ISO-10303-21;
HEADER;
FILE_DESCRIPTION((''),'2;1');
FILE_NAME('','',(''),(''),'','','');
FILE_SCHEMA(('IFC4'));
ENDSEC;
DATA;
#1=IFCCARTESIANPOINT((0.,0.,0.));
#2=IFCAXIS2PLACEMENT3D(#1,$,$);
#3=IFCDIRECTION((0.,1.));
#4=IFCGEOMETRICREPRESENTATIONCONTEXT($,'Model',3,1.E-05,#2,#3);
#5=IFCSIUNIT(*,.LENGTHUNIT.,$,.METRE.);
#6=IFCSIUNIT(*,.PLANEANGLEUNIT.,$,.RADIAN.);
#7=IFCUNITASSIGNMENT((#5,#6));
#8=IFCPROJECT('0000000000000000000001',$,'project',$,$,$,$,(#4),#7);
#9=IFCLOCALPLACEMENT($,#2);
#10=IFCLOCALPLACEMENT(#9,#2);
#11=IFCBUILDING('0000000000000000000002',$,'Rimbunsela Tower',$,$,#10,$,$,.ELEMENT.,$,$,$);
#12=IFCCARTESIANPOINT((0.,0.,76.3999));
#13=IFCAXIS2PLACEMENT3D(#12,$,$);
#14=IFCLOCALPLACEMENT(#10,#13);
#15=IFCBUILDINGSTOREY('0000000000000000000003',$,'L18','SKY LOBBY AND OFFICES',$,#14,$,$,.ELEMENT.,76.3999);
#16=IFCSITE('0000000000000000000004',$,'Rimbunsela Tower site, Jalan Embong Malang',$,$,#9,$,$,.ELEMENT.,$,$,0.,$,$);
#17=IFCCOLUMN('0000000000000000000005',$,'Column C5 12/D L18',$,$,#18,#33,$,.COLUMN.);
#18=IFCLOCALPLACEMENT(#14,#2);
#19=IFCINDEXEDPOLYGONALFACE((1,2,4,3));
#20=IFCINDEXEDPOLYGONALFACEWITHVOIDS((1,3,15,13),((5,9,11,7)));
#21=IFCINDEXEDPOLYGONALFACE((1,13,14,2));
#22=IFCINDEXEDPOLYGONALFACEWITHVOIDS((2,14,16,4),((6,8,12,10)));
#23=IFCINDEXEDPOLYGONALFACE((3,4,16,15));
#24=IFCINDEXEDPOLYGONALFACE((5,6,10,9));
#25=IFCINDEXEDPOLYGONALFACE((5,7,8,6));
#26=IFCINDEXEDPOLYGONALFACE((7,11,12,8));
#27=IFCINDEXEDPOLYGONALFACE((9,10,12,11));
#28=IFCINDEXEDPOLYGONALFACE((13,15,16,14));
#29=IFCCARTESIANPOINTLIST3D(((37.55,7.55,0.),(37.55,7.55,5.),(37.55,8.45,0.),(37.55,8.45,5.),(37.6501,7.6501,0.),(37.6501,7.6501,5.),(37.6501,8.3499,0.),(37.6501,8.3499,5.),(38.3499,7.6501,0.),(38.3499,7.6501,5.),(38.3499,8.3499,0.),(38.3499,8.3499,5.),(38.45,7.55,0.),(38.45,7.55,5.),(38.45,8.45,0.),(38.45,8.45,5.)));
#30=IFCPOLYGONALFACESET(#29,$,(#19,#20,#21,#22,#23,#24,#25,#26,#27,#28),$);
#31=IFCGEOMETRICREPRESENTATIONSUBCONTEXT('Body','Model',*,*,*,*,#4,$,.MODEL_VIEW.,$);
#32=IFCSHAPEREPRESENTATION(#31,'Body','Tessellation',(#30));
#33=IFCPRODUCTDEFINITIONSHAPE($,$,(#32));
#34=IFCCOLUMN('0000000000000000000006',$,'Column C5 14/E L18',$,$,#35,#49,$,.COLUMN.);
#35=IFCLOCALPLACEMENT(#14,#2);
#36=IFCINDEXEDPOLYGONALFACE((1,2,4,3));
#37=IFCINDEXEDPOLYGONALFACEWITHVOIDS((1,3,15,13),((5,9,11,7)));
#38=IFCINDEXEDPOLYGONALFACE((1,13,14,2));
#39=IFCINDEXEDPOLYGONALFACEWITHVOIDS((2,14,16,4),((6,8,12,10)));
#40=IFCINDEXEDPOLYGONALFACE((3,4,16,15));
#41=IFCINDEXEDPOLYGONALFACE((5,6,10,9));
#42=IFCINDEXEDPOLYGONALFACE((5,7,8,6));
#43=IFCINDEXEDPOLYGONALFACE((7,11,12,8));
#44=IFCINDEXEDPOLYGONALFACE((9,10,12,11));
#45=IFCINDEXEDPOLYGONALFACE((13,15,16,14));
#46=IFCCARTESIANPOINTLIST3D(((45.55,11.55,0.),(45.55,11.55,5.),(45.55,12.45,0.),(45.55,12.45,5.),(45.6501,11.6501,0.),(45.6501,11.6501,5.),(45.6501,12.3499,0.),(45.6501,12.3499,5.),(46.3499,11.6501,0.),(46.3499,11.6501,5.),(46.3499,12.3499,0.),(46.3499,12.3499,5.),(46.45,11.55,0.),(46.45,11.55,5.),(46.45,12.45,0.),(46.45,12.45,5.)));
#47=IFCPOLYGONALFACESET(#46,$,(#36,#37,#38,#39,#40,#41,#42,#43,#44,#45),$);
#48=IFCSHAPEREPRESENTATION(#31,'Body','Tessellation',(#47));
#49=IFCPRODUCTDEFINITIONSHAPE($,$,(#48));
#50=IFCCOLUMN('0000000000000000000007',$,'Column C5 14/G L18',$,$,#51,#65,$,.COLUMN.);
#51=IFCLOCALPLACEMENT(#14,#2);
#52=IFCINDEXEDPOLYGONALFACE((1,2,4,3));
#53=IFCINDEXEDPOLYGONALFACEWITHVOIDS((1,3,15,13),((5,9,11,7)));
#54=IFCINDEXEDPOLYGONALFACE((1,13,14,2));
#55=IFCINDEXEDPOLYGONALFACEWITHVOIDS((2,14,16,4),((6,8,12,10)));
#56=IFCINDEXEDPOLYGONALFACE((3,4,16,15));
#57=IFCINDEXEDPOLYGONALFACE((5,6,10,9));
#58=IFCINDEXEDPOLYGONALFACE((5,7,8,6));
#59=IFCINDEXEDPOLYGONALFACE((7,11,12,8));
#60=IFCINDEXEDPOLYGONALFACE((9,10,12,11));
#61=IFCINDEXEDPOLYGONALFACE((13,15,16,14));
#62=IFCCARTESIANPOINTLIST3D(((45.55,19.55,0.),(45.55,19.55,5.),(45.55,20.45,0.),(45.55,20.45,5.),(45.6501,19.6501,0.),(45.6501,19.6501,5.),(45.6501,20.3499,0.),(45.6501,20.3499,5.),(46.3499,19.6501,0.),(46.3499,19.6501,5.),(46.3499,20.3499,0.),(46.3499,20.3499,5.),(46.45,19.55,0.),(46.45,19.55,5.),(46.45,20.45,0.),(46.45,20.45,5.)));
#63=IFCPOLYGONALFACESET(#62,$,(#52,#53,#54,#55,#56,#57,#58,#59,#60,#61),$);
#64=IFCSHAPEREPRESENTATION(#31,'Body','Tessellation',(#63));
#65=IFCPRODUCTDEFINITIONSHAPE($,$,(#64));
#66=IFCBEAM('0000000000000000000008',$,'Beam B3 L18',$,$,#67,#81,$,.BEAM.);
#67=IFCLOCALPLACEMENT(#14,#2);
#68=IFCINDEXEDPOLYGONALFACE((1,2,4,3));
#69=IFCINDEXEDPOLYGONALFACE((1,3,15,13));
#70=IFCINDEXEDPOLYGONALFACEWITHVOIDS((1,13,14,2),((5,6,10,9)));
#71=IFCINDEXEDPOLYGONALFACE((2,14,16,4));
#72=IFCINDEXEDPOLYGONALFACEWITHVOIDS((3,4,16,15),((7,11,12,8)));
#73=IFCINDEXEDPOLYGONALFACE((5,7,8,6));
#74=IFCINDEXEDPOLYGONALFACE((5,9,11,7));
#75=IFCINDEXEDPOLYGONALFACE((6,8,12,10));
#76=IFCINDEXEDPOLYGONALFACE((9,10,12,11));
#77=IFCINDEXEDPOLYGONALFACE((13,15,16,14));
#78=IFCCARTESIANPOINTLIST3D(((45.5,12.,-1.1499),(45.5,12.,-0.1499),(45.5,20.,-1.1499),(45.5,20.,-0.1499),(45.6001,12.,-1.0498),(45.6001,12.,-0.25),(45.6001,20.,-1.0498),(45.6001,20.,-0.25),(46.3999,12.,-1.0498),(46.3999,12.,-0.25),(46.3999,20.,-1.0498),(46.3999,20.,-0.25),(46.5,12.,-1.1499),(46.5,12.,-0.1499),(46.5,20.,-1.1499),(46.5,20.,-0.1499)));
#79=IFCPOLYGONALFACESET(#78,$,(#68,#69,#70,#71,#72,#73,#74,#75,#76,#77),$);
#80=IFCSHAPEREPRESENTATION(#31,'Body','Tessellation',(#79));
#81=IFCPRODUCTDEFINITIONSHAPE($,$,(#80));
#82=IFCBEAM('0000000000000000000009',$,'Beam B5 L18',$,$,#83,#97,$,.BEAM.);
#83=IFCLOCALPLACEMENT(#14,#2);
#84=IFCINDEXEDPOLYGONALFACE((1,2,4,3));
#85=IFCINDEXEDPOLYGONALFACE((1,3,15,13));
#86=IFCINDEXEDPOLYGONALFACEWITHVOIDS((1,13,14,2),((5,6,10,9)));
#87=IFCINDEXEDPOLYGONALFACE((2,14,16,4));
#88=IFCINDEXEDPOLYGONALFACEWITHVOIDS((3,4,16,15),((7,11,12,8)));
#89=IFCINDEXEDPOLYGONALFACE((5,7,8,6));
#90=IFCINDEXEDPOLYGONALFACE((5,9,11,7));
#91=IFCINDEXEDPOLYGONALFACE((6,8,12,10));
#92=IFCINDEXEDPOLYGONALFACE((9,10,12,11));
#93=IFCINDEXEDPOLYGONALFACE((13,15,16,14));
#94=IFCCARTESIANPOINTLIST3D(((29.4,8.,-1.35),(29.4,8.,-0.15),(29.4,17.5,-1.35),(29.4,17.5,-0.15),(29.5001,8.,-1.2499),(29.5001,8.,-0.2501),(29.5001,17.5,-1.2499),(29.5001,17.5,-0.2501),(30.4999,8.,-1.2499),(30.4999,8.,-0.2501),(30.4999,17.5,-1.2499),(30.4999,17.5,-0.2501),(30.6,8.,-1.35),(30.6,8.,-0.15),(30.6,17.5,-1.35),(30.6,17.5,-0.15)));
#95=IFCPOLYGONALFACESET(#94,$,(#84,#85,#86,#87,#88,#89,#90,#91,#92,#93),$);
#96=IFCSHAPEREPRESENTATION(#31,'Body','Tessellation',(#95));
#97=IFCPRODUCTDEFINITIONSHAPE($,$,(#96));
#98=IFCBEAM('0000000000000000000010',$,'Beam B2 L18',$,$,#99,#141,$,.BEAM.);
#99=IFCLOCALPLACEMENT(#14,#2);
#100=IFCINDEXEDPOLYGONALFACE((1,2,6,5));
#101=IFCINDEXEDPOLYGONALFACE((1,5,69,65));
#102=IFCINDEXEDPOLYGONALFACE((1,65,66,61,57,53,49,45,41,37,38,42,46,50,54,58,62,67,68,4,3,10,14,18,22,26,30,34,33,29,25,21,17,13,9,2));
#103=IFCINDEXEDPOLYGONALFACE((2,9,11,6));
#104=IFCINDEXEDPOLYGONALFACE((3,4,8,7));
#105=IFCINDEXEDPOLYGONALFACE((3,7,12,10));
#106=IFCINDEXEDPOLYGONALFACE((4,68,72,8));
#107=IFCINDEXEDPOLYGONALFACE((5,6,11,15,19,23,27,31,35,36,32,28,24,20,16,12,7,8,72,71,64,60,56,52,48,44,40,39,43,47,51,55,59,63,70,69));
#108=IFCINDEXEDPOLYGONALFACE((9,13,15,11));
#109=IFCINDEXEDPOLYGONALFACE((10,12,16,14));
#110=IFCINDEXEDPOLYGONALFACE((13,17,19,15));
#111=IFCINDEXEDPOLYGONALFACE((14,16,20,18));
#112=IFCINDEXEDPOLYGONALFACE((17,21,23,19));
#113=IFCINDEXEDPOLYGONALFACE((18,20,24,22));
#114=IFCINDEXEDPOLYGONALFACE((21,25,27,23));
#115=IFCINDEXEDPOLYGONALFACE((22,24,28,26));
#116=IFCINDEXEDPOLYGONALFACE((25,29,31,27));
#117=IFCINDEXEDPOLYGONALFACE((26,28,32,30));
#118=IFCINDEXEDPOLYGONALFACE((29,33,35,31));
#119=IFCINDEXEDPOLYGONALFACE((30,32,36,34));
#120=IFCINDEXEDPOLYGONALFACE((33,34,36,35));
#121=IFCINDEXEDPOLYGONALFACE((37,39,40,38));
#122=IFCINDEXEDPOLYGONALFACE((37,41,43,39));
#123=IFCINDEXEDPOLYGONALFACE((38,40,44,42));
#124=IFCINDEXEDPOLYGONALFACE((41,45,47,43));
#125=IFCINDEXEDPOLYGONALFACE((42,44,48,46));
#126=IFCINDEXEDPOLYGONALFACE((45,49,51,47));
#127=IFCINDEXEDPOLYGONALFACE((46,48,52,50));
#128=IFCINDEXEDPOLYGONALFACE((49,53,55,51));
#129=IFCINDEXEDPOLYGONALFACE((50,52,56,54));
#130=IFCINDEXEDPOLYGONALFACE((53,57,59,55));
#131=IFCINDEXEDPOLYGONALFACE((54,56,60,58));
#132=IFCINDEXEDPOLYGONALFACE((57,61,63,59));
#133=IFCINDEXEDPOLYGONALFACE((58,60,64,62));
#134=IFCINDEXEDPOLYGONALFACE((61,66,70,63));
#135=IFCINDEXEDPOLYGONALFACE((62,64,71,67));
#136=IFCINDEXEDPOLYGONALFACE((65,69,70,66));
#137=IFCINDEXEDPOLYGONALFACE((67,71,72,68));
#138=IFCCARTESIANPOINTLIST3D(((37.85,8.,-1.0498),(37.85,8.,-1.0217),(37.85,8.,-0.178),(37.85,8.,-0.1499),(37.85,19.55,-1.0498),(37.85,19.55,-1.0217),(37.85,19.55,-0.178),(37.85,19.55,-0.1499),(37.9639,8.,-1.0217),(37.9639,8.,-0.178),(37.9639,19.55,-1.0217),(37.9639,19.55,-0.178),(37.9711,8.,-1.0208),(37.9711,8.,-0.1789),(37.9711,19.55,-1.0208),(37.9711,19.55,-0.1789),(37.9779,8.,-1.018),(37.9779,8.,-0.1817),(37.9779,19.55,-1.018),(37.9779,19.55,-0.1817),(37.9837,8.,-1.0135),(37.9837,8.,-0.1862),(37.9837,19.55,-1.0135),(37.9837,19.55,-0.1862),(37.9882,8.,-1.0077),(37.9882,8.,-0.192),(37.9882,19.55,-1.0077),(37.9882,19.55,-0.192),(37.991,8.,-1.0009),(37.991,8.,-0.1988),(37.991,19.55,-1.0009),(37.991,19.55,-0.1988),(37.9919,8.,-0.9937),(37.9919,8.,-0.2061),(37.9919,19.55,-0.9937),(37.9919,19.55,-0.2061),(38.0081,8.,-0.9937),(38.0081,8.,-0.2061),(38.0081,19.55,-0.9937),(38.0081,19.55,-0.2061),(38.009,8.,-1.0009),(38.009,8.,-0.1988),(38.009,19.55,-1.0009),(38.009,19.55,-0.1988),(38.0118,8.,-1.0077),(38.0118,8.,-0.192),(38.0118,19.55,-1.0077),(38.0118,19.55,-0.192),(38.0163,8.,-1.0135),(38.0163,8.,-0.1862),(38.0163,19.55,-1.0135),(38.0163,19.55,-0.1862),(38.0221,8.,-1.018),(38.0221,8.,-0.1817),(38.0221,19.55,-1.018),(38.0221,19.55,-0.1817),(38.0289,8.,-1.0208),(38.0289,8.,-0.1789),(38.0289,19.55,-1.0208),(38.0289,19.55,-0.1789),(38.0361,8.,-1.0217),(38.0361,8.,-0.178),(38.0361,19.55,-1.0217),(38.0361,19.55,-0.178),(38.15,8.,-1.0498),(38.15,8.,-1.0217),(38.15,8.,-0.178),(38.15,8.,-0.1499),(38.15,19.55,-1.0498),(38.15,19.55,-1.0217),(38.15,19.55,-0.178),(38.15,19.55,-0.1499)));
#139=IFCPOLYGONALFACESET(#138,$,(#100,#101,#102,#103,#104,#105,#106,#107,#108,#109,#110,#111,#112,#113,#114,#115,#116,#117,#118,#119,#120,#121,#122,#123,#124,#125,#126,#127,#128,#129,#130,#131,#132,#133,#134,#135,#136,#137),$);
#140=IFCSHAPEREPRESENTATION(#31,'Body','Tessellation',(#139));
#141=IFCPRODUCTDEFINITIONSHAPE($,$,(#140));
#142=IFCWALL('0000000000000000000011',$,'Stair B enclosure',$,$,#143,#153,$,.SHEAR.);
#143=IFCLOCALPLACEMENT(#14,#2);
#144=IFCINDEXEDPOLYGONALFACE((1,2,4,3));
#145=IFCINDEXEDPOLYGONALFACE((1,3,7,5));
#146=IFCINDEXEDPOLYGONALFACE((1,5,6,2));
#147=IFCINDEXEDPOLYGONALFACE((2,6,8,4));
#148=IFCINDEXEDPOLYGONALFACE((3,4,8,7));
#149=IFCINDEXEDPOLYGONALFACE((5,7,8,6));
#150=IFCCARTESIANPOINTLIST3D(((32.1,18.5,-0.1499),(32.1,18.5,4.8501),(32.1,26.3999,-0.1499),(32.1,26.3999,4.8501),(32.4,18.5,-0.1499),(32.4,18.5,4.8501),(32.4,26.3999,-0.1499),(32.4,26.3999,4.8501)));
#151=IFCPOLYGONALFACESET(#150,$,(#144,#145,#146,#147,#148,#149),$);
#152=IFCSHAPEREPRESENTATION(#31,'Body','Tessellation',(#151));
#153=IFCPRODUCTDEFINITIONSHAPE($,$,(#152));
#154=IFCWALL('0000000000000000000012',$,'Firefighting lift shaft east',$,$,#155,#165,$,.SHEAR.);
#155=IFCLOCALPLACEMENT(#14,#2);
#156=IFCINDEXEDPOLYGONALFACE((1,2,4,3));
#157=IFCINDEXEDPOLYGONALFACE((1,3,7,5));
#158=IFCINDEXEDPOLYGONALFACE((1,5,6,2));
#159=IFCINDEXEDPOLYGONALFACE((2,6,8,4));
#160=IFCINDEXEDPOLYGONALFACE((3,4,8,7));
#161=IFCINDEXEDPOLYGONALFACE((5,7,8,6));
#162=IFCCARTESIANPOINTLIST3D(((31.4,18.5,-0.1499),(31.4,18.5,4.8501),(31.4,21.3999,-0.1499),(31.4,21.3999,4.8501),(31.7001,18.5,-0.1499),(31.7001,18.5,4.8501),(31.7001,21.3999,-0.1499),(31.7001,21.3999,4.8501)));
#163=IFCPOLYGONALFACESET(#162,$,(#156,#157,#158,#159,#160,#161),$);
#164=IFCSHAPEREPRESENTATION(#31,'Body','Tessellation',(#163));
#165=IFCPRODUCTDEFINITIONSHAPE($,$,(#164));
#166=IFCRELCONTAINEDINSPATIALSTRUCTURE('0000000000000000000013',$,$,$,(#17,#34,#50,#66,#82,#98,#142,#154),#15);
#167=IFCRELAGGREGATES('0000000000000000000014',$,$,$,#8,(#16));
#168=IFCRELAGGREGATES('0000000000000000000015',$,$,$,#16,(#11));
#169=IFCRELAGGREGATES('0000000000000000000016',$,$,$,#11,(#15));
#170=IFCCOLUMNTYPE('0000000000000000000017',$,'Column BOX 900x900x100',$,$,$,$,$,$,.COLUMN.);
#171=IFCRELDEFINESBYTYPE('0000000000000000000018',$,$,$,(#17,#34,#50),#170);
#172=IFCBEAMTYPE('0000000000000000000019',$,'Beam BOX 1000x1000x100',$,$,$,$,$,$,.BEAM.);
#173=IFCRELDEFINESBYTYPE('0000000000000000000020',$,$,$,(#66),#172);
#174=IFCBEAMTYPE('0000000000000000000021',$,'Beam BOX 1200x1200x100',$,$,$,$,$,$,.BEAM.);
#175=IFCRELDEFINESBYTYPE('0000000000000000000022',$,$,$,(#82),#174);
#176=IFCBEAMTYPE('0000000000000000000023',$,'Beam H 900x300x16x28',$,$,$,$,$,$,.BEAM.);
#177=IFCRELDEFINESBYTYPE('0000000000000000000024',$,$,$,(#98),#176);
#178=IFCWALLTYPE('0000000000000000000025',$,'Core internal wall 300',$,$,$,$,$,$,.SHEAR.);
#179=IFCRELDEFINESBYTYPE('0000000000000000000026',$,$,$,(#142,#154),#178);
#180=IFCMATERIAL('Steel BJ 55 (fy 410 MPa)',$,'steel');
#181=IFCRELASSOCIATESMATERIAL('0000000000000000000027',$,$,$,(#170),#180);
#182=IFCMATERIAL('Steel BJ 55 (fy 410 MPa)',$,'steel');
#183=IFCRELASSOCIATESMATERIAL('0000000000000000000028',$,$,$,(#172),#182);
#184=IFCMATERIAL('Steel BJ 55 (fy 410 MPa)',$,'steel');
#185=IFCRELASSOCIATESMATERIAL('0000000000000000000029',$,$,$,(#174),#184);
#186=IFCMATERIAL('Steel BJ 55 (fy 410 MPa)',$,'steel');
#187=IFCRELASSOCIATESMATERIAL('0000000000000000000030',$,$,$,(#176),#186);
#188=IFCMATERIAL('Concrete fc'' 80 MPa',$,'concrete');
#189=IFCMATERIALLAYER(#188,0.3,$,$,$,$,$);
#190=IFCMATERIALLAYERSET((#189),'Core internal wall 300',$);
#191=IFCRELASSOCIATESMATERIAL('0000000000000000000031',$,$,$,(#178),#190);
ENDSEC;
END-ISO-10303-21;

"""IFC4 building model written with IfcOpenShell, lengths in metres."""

from ifc_helpers import new_model, si_unit, direction, frame, frame_2d, origin, origin_2d, place, context, subcontext, project, spatial, rectangle, hollow_rectangle, i_section, extrude, material, layer, layer_set, material_profile, profile_set, type_object, element, save


model = new_model("IFC4")

# Units and contexts
model_context = context("Model", 3, precision=1e-05, world=origin(), true_north=direction((0.0, 1.0)))
body_context = subcontext(model_context, "Body", "Model", "MODEL_VIEW")
ifc_project = project(units=[si_unit("LENGTHUNIT", "METRE"), si_unit("PLANEANGLEUNIT", "RADIAN")], contexts=[model_context])

# Site, building, storey
site_placement = place(None, origin())
site = spatial("IfcSite", under=ifc_project, at=site_placement, Name="Rimbunsela Tower site, Jalan Embong Malang", CompositionType="ELEMENT", RefElevation=0.0)
building_placement = place(site_placement, origin())
building = spatial("IfcBuilding", under=site, at=building_placement, Name="Rimbunsela Tower", CompositionType="ELEMENT")
storey_placement = place(building_placement, frame((0.0, 0.0, 76.3999)))
storey = spatial("IfcBuildingStorey", under=building, at=storey_placement, Name="L18", Description="SKY LOBBY AND OFFICES", CompositionType="ELEMENT", Elevation=76.3999)

# Columns
ifc_material_1 = material(Name="Steel BJ 55 (fy 410 MPa)", Category="steel")
ifc_material_profile_1 = material_profile(ifc_material_1, hollow_rectangle(XDim=0.8999, YDim=0.8999, WallThickness=0.1001, at=origin_2d()), Name="BOX 900x900x100")
ifc_profile_set_1 = profile_set([ifc_material_profile_1], Name="Steel BJ 55 (fy 410 MPa)")
column_type = type_object("IfcColumnType", Name="Column BOX 900x900x100", PredefinedType="COLUMN", material=ifc_profile_set_1)
for number, where, z_axis, x_axis, name in (
    (1, (38.0, 8.0, 0.0), (0.0, 0.0, 1.0), (1.0, 0.0, 0.0), "Column C5 12/D L18"),
    (2, (46.0, 12.0, 0.0), (0.0, 0.0, 1.0), (1.0, 0.0, 0.0), "Column C5 14/E L18"),
    (3, (46.0, 20.0, 0.0), (0.0, 0.0, 1.0), (1.0, 0.0, 0.0), "Column C5 14/G L18"),
):
    element("IfcColumn", number, at=place(storey_placement, frame(where, z_axis=z_axis, x_axis=x_axis)), inside=storey, type_object=column_type, Name=name, PredefinedType="COLUMN", context=body_context, shape_type="SweptSolid", body=[
        extrude(hollow_rectangle(XDim=0.8999, YDim=0.8999, WallThickness=0.1001, at=origin_2d()), origin(), (0.0, 0.0, 1.0), 5.0),
    ])

# Beams
ifc_material_2 = material(Name="Steel BJ 55 (fy 410 MPa)", Category="steel")
ifc_material_profile_2 = material_profile(ifc_material_2, hollow_rectangle(XDim=1.0, YDim=1.0, WallThickness=0.1001, at=origin_2d()), Name="BOX 1000x1000x100")
ifc_profile_set_2 = profile_set([ifc_material_profile_2], Name="Steel BJ 55 (fy 410 MPa)")
beam_type_1 = type_object("IfcBeamType", Name="Beam BOX 1000x1000x100", PredefinedType="BEAM", material=ifc_profile_set_2)
beam_1_placement = place(storey_placement, frame((46.0, 12.0, -0.6499), z_axis=(0.0, 1.0, 0.0), x_axis=(-1.0, 0.0, 0.0)))
element("IfcBeam", 4, at=beam_1_placement, inside=storey, type_object=beam_type_1, Name="Beam B3 L18", PredefinedType="BEAM", context=body_context, shape_type="SweptSolid", body=[
    extrude(hollow_rectangle(XDim=1.0, YDim=1.0, WallThickness=0.1001, at=origin_2d()), origin(), (0.0, 0.0, 1.0), 8.0),
])
ifc_material_3 = material(Name="Steel BJ 55 (fy 410 MPa)", Category="steel")
ifc_material_profile_3 = material_profile(ifc_material_3, hollow_rectangle(XDim=1.2, YDim=1.2, WallThickness=0.1001, at=origin_2d()), Name="BOX 1200x1200x100")
ifc_profile_set_3 = profile_set([ifc_material_profile_3], Name="Steel BJ 55 (fy 410 MPa)")
beam_type_2 = type_object("IfcBeamType", Name="Beam BOX 1200x1200x100", PredefinedType="BEAM", material=ifc_profile_set_3)
beam_2_placement = place(storey_placement, frame((30.0, 8.0, -0.75), z_axis=(0.0, 1.0, 0.0), x_axis=(-1.0, 0.0, 0.0)))
element("IfcBeam", 5, at=beam_2_placement, inside=storey, type_object=beam_type_2, Name="Beam B5 L18", PredefinedType="BEAM", context=body_context, shape_type="SweptSolid", body=[
    extrude(hollow_rectangle(XDim=1.2, YDim=1.2, WallThickness=0.1001, at=origin_2d()), origin(), (0.0, 0.0, 1.0), 9.5),
])
ifc_material_4 = material(Name="Steel BJ 55 (fy 410 MPa)", Category="steel")
ifc_material_profile_4 = material_profile(ifc_material_4, i_section(OverallWidth=0.3, OverallDepth=0.8999, WebThickness=0.0161, FlangeThickness=0.0281, FilletRadius=0.0281, at=origin_2d()), Name="H 900x300x16x28")
ifc_profile_set_4 = profile_set([ifc_material_profile_4], Name="Steel BJ 55 (fy 410 MPa)")
beam_type_3 = type_object("IfcBeamType", Name="Beam H 900x300x16x28", PredefinedType="BEAM", material=ifc_profile_set_4)
beam_3_placement = place(storey_placement, frame((38.0, 8.0, -0.5999), z_axis=(0.0, 1.0, 0.0), x_axis=(-1.0, 0.0, 0.0)))
element("IfcBeam", 6, at=beam_3_placement, inside=storey, type_object=beam_type_3, Name="Beam B2 L18", PredefinedType="BEAM", context=body_context, shape_type="SweptSolid", body=[
    extrude(i_section(OverallWidth=0.3, OverallDepth=0.8999, WebThickness=0.0161, FlangeThickness=0.0281, FilletRadius=0.0281, at=origin_2d()), origin(), (0.0, 0.0, 1.0), 11.55),
])

# Walls
ifc_material_5 = material(Name="Concrete fc' 80 MPa", Category="concrete")
ifc_layer_1 = layer(ifc_material_5, 0.3)
ifc_layer_set_1 = layer_set([ifc_layer_1], Name="Core internal wall 300")
wall_type_1 = type_object("IfcWallType", Name="Core internal wall 300", PredefinedType="SHEAR", material=ifc_layer_set_1)
wall_1_placement = place(storey_placement, frame((32.25, 18.5, -0.1499), z_axis=(0.0, 0.0, 1.0), x_axis=(0.0, 1.0, 0.0)))
element("IfcWall", 7, at=wall_1_placement, inside=storey, type_object=wall_type_1, Name="Stair B enclosure", PredefinedType="SHEAR", context=body_context, shape_type="SweptSolid", body=[
    extrude(rectangle(XDim=7.8999, YDim=0.3, at=frame_2d((3.95, 0.0))), origin(), (0.0, 0.0, 1.0), 5.0),
])
wall_2_placement = place(storey_placement, frame((31.55, 18.5, -0.1499), z_axis=(0.0, 0.0, 1.0), x_axis=(0.0, 1.0, 0.0)))
element("IfcWall", 8, at=wall_2_placement, inside=storey, type_object=wall_type_1, Name="Firefighting lift shaft east", PredefinedType="SHEAR", context=body_context, shape_type="SweptSolid", body=[
    extrude(rectangle(XDim=2.8999, YDim=0.3, at=frame_2d((1.45, 0.0))), origin(), (0.0, 0.0, 1.0), 5.0),
])

save(model, "model.ifc")
